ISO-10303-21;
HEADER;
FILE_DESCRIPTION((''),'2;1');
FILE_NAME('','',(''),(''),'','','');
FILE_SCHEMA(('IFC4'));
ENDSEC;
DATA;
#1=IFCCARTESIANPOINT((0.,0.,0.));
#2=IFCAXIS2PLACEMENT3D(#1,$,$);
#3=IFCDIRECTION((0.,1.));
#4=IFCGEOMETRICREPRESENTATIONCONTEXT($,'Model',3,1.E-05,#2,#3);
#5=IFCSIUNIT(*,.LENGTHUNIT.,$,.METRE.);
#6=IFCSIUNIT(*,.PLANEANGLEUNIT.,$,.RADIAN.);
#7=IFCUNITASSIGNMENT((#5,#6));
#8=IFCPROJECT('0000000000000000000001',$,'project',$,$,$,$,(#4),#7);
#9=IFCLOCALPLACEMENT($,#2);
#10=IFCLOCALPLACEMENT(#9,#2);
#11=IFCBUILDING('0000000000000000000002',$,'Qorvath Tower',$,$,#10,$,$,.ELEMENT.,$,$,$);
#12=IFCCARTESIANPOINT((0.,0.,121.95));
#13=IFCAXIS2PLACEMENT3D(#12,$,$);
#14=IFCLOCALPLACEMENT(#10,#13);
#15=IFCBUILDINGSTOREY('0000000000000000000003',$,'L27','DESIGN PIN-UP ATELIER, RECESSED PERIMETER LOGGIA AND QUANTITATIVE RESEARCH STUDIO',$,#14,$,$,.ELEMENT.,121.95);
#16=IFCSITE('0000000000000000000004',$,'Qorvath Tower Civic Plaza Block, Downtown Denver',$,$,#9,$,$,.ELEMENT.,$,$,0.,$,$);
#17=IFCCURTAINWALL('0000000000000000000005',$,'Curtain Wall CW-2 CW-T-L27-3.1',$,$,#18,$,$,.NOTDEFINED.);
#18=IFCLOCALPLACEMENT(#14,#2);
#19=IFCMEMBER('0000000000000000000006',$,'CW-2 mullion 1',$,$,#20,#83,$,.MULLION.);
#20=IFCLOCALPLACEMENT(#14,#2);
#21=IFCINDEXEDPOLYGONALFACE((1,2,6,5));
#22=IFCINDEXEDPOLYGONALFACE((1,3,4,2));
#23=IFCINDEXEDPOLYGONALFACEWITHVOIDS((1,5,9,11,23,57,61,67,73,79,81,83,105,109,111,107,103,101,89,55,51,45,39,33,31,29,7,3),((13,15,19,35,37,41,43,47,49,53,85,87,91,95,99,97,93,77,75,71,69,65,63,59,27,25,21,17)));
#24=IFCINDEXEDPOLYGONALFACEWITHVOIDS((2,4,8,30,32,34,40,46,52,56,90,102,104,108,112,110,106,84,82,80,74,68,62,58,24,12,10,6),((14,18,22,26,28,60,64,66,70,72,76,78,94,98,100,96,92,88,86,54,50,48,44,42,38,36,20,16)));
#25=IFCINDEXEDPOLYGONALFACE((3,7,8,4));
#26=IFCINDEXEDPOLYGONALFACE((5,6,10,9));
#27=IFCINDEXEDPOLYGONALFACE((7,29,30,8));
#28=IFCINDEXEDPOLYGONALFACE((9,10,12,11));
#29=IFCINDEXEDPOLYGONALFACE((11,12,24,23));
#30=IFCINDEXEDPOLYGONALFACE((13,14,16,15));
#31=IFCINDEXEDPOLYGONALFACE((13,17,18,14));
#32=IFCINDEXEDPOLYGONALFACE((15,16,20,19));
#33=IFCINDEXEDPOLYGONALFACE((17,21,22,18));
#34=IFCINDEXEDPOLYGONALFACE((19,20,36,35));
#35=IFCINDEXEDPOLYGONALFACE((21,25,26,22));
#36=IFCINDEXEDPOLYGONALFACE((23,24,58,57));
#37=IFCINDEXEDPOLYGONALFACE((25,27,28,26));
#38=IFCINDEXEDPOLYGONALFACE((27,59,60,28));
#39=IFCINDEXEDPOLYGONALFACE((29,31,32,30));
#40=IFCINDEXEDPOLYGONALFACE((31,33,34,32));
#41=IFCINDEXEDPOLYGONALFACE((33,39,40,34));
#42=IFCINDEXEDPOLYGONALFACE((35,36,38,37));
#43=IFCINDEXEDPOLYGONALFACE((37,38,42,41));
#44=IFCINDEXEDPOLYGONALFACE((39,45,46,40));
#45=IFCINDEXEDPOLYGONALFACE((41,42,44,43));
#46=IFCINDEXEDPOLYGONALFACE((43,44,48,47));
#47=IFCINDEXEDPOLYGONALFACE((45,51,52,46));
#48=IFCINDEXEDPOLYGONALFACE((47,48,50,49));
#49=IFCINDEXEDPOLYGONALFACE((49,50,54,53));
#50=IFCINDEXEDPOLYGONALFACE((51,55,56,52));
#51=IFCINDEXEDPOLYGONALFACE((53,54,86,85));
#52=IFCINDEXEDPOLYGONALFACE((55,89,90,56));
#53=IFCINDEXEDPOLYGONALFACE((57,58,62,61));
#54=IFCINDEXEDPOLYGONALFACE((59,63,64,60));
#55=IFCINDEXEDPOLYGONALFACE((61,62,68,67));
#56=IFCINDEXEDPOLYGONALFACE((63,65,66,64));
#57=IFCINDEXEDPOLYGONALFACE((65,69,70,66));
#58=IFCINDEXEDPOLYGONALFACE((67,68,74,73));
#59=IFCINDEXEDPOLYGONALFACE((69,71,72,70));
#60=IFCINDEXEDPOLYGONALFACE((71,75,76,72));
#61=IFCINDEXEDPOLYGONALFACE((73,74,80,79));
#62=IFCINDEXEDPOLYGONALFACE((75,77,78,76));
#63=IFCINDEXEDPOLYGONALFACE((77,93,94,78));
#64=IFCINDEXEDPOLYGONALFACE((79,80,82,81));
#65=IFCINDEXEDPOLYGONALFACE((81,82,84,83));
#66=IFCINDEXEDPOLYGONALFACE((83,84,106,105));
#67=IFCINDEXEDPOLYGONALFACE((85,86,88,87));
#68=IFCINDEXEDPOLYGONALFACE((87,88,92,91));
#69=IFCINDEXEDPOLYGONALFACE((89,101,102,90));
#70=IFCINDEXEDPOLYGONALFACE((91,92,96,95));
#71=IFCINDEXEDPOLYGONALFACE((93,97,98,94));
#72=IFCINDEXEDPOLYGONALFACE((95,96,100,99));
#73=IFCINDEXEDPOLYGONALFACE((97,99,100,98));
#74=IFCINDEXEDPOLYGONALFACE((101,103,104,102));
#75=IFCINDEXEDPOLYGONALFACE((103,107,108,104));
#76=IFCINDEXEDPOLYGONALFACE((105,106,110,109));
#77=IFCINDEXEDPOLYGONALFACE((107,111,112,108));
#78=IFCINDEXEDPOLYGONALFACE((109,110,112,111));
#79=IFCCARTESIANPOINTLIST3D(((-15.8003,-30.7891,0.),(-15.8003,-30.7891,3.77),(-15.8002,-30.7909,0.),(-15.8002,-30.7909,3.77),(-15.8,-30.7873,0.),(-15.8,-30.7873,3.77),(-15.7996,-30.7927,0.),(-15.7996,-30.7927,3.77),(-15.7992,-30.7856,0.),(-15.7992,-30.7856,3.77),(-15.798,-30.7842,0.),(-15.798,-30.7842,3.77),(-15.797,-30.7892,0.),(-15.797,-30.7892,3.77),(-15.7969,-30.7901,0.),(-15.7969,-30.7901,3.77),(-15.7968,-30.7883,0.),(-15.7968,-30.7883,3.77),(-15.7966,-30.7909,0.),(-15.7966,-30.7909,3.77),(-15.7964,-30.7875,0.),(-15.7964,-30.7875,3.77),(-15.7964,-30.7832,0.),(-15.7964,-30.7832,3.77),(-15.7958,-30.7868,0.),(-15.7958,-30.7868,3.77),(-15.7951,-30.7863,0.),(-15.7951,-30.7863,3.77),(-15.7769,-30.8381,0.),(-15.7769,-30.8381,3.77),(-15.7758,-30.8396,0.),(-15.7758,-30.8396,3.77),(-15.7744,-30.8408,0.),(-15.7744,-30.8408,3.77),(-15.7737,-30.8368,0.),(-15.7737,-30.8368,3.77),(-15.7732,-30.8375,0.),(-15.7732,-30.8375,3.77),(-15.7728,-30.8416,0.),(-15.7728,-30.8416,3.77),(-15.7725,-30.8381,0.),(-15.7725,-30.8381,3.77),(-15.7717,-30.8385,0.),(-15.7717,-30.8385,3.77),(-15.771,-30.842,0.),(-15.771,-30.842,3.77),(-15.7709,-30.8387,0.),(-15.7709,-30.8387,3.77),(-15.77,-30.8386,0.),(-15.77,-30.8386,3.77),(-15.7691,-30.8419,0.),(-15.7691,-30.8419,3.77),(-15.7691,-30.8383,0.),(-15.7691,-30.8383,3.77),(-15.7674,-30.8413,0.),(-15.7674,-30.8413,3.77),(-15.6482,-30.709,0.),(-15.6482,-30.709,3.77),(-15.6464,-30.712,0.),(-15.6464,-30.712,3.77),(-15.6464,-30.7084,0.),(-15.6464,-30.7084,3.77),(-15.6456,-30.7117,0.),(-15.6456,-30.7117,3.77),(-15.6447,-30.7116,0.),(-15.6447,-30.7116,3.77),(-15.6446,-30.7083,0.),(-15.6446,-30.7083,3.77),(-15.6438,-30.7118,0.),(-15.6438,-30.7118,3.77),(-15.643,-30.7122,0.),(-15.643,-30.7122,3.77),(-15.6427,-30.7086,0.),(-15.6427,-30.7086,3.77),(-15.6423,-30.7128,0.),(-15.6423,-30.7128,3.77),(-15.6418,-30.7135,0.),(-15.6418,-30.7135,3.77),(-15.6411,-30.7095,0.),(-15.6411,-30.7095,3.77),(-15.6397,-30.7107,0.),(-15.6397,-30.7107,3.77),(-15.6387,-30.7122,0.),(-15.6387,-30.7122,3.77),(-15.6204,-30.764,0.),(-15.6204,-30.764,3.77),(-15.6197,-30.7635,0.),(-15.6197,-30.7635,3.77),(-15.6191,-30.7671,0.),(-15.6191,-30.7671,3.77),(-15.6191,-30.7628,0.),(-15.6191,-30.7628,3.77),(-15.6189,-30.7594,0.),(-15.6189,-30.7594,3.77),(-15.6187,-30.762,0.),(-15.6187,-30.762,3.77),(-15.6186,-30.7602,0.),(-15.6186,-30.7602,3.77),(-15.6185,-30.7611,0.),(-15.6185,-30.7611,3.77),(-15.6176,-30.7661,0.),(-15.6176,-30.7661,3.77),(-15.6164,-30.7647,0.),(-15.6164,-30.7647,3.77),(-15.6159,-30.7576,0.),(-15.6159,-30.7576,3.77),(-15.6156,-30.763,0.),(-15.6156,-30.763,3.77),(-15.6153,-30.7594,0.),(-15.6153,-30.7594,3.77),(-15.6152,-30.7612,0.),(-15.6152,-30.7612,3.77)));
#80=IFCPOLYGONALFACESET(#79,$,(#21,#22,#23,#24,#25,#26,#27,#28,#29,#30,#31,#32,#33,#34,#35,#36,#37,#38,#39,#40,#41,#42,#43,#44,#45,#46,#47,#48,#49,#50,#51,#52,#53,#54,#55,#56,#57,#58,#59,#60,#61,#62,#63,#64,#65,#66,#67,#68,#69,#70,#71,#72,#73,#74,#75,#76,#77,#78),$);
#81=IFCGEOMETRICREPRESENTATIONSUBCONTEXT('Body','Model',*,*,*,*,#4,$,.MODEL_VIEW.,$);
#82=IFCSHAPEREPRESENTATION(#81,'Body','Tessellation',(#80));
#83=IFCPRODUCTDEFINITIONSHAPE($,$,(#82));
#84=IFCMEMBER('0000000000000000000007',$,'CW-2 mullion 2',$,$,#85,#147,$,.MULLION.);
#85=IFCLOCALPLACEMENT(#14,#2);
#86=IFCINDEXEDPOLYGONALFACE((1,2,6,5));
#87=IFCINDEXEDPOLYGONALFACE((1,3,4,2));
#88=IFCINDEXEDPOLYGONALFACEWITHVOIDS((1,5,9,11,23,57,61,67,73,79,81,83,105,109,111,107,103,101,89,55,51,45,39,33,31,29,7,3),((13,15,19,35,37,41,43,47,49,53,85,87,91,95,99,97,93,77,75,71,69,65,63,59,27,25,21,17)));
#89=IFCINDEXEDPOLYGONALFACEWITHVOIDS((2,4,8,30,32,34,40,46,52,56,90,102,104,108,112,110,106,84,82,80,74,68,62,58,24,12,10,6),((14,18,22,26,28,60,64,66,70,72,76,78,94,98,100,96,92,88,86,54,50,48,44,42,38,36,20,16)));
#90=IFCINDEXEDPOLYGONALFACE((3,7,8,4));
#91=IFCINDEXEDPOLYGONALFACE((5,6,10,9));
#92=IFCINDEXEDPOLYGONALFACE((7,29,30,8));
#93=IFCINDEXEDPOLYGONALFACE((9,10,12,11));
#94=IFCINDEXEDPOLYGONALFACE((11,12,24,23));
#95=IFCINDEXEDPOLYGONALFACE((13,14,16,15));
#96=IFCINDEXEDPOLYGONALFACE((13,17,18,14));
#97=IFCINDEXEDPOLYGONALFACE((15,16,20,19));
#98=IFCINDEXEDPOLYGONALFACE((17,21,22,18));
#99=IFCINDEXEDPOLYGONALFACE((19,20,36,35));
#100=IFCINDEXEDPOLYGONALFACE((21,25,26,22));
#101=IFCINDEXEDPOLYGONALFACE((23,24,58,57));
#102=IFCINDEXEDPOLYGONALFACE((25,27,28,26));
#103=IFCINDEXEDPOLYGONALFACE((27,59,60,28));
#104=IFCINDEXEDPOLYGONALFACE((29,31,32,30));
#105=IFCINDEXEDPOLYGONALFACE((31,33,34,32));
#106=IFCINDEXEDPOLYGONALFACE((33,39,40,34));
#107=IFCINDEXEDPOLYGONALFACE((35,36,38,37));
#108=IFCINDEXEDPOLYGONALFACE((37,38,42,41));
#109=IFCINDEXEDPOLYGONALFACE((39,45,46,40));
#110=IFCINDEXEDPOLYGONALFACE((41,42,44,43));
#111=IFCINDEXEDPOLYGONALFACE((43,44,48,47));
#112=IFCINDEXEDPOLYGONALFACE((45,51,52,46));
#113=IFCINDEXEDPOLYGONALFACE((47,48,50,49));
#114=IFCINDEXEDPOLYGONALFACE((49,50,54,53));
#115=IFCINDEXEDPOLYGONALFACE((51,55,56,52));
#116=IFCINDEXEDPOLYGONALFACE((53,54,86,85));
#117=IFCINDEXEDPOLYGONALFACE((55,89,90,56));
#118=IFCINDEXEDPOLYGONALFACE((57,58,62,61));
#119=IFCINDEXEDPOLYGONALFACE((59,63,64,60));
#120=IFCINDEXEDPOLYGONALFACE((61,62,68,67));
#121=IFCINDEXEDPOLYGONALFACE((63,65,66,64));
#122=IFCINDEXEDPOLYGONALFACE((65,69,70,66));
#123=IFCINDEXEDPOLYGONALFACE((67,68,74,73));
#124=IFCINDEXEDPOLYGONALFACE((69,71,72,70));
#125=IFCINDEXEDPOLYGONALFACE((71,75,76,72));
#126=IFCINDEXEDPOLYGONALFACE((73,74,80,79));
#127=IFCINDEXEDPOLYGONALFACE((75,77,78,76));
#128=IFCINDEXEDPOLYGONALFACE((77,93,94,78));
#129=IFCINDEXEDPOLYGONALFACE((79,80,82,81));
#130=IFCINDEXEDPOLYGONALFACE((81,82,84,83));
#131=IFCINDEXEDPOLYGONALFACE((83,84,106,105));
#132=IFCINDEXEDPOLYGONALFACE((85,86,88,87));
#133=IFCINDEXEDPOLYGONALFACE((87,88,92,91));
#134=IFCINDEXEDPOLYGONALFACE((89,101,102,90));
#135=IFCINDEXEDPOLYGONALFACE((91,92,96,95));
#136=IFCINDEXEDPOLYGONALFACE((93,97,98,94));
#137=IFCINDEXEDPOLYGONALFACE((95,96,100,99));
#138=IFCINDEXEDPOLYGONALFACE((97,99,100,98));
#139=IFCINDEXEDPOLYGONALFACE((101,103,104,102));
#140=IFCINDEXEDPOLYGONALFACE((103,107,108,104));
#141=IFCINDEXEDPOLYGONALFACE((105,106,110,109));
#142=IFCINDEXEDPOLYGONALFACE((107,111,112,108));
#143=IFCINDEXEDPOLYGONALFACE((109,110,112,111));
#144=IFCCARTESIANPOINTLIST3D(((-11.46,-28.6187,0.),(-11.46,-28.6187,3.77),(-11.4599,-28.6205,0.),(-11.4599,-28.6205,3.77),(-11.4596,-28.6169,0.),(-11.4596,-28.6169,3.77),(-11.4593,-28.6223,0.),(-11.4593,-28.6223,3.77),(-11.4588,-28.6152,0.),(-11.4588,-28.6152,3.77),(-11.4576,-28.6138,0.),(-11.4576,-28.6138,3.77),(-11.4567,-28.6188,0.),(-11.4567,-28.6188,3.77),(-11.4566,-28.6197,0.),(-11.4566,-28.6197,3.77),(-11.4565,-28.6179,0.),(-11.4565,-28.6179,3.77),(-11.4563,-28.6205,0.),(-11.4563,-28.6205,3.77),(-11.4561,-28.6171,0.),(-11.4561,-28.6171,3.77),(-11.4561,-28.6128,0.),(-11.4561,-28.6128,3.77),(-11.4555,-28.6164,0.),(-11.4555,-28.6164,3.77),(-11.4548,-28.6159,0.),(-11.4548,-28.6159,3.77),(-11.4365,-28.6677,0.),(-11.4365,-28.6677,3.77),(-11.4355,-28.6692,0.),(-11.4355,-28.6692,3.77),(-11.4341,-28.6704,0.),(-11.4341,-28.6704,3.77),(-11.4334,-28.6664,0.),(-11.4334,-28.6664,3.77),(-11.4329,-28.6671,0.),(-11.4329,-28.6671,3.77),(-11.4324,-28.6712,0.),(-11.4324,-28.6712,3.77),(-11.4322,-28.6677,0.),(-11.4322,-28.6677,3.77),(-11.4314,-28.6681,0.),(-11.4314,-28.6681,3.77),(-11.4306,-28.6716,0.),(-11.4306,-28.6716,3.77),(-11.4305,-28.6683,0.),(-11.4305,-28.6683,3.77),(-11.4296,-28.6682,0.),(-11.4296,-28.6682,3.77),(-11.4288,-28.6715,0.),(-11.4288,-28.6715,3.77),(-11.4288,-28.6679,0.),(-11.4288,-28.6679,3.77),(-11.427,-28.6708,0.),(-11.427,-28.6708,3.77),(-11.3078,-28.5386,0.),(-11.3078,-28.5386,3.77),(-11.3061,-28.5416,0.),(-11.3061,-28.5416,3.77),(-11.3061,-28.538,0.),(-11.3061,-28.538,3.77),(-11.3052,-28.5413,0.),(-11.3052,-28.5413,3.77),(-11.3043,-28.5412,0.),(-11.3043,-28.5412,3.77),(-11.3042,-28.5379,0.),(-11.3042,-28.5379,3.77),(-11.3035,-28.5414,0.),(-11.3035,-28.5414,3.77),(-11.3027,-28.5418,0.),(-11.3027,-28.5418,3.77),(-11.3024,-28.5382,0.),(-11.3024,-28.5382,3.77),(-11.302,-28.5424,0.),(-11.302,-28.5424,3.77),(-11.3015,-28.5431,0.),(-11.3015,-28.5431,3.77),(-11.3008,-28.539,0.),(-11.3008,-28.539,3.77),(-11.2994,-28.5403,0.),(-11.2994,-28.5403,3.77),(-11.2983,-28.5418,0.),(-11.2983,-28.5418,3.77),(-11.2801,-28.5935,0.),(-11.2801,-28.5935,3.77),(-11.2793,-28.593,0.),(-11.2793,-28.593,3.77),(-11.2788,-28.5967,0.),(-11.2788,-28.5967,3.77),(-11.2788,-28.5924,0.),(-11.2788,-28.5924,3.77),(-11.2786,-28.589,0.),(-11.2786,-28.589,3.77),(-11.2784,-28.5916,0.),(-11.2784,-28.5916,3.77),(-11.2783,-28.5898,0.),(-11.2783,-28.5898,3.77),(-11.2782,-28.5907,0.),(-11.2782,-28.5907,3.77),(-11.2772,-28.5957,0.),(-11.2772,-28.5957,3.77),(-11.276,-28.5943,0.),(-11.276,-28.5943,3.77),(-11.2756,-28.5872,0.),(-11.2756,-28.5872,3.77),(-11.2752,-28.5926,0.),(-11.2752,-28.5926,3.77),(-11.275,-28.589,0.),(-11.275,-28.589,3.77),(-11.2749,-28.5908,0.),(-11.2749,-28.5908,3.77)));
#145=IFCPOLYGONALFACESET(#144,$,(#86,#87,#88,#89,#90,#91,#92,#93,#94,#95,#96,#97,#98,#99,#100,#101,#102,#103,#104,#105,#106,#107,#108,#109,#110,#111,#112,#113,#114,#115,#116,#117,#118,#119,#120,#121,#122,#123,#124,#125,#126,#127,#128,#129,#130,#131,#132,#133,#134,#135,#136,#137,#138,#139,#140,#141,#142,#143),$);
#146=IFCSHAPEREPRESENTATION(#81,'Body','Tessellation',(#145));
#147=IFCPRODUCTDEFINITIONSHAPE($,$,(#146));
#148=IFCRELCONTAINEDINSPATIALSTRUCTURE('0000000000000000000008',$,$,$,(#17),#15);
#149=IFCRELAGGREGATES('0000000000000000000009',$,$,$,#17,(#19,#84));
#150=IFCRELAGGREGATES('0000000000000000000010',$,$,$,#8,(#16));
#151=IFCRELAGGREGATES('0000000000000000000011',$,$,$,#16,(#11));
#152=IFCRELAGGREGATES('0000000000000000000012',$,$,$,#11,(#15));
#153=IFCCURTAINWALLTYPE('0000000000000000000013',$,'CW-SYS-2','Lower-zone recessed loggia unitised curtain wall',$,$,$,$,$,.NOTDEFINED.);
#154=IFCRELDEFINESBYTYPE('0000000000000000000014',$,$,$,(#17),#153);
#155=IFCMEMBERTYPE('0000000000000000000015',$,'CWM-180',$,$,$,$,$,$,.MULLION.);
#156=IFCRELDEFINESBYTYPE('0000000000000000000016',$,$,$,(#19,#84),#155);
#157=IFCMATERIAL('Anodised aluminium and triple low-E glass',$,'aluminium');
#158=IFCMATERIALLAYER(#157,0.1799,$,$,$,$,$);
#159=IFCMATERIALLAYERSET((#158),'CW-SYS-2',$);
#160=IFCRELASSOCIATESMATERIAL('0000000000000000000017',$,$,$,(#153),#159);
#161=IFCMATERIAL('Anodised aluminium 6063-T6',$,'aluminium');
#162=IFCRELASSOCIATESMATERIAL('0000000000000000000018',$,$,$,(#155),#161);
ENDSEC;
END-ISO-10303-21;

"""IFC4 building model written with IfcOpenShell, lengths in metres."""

from ifc_helpers import new_model, si_unit, direction, frame, origin, origin_2d, place, context, subcontext, project, spatial, hollow_rectangle, extrude, material, layer, layer_set, material_profile, profile_set, type_object, element, aggregate, save


model = new_model("IFC4")

# Units and contexts
model_context = context("Model", 3, precision=1e-05, world=origin(), true_north=direction((0.0, 1.0)))
body_context = subcontext(model_context, "Body", "Model", "MODEL_VIEW")
ifc_project = project(units=[si_unit("LENGTHUNIT", "METRE"), si_unit("PLANEANGLEUNIT", "RADIAN")], contexts=[model_context])

# Site, building, storey
site_placement = place(None, origin())
site = spatial("IfcSite", under=ifc_project, at=site_placement, Name="Qorvath Tower Civic Plaza Block, Downtown Denver", CompositionType="ELEMENT", RefElevation=0.0)
building_placement = place(site_placement, origin())
building = spatial("IfcBuilding", under=site, at=building_placement, Name="Qorvath Tower", CompositionType="ELEMENT")
storey_placement = place(building_placement, frame((0.0, 0.0, 121.95)))
storey = spatial("IfcBuildingStorey", under=building, at=storey_placement, Name="L27", Description="DESIGN PIN-UP ATELIER, RECESSED PERIMETER LOGGIA AND QUANTITATIVE RESEARCH STUDIO", CompositionType="ELEMENT", Elevation=121.95)

# Shared definitions
ifc_material_1 = material(Name="Anodised aluminium and triple low-E glass", Category="aluminium")
ifc_layer_1 = layer(ifc_material_1, 0.1799)
ifc_layer_set_1 = layer_set([ifc_layer_1], Name="CW-SYS-2")
curtain_wall_type = type_object("IfcCurtainWallType", Name="CW-SYS-2", Description="Lower-zone recessed loggia unitised curtain wall", PredefinedType="NOTDEFINED", material=ifc_layer_set_1)
ifc_material_2 = material(Name="Anodised aluminium 6063-T6", Category="aluminium")
ifc_material_profile_1 = material_profile(ifc_material_2, hollow_rectangle(XDim=0.0649, YDim=0.1799, WallThickness=0.0034, InnerFilletRadius=0.0034, OuterFilletRadius=0.0071, at=origin_2d()), Name="CWM 180x65")
ifc_profile_set_1 = profile_set([ifc_material_profile_1], Name="Anodised aluminium 6063-T6")
member_type_1 = type_object("IfcMemberType", Name="CWM-180", PredefinedType="MULLION", material=ifc_profile_set_1)

# Curtain wall, members
curtain_wall_1_placement = place(storey_placement, origin())
curtain_wall_1 = element("IfcCurtainWall", 1, at=curtain_wall_1_placement, inside=storey, type_object=curtain_wall_type, Name="Curtain Wall CW-2 CW-T-L27-3.1", PredefinedType="NOTDEFINED")
member_1_placement = place(storey_placement, frame((-15.7078, -30.7751, 0.0), z_axis=(0.0, 0.0, 1.0), x_axis=(-0.447262, 0.894403, 0.0)))
member_1 = element("IfcMember", 2, at=member_1_placement, type_object=member_type_1, Name="CW-2 mullion 1", PredefinedType="MULLION", context=body_context, shape_type="SweptSolid", body=[
    extrude(hollow_rectangle(XDim=0.0649, YDim=0.1799, WallThickness=0.0034, InnerFilletRadius=0.0034, OuterFilletRadius=0.0071, at=origin_2d()), origin(), (0.0, 0.0, 1.0), 3.77),
])
member_2_placement = place(storey_placement, frame((-11.3674, -28.6047, 0.0), z_axis=(0.0, 0.0, 1.0), x_axis=(-0.447262, 0.894403, 0.0)))
member_2 = element("IfcMember", 3, at=member_2_placement, type_object=member_type_1, Name="CW-2 mullion 2", PredefinedType="MULLION", context=body_context, shape_type="SweptSolid", body=[
    extrude(hollow_rectangle(XDim=0.0649, YDim=0.1799, WallThickness=0.0034, InnerFilletRadius=0.0034, OuterFilletRadius=0.0071, at=origin_2d()), origin(), (0.0, 0.0, 1.0), 3.77),
])

aggregate(curtain_wall_1, [member_1, member_2])

save(model, "model.ifc")
